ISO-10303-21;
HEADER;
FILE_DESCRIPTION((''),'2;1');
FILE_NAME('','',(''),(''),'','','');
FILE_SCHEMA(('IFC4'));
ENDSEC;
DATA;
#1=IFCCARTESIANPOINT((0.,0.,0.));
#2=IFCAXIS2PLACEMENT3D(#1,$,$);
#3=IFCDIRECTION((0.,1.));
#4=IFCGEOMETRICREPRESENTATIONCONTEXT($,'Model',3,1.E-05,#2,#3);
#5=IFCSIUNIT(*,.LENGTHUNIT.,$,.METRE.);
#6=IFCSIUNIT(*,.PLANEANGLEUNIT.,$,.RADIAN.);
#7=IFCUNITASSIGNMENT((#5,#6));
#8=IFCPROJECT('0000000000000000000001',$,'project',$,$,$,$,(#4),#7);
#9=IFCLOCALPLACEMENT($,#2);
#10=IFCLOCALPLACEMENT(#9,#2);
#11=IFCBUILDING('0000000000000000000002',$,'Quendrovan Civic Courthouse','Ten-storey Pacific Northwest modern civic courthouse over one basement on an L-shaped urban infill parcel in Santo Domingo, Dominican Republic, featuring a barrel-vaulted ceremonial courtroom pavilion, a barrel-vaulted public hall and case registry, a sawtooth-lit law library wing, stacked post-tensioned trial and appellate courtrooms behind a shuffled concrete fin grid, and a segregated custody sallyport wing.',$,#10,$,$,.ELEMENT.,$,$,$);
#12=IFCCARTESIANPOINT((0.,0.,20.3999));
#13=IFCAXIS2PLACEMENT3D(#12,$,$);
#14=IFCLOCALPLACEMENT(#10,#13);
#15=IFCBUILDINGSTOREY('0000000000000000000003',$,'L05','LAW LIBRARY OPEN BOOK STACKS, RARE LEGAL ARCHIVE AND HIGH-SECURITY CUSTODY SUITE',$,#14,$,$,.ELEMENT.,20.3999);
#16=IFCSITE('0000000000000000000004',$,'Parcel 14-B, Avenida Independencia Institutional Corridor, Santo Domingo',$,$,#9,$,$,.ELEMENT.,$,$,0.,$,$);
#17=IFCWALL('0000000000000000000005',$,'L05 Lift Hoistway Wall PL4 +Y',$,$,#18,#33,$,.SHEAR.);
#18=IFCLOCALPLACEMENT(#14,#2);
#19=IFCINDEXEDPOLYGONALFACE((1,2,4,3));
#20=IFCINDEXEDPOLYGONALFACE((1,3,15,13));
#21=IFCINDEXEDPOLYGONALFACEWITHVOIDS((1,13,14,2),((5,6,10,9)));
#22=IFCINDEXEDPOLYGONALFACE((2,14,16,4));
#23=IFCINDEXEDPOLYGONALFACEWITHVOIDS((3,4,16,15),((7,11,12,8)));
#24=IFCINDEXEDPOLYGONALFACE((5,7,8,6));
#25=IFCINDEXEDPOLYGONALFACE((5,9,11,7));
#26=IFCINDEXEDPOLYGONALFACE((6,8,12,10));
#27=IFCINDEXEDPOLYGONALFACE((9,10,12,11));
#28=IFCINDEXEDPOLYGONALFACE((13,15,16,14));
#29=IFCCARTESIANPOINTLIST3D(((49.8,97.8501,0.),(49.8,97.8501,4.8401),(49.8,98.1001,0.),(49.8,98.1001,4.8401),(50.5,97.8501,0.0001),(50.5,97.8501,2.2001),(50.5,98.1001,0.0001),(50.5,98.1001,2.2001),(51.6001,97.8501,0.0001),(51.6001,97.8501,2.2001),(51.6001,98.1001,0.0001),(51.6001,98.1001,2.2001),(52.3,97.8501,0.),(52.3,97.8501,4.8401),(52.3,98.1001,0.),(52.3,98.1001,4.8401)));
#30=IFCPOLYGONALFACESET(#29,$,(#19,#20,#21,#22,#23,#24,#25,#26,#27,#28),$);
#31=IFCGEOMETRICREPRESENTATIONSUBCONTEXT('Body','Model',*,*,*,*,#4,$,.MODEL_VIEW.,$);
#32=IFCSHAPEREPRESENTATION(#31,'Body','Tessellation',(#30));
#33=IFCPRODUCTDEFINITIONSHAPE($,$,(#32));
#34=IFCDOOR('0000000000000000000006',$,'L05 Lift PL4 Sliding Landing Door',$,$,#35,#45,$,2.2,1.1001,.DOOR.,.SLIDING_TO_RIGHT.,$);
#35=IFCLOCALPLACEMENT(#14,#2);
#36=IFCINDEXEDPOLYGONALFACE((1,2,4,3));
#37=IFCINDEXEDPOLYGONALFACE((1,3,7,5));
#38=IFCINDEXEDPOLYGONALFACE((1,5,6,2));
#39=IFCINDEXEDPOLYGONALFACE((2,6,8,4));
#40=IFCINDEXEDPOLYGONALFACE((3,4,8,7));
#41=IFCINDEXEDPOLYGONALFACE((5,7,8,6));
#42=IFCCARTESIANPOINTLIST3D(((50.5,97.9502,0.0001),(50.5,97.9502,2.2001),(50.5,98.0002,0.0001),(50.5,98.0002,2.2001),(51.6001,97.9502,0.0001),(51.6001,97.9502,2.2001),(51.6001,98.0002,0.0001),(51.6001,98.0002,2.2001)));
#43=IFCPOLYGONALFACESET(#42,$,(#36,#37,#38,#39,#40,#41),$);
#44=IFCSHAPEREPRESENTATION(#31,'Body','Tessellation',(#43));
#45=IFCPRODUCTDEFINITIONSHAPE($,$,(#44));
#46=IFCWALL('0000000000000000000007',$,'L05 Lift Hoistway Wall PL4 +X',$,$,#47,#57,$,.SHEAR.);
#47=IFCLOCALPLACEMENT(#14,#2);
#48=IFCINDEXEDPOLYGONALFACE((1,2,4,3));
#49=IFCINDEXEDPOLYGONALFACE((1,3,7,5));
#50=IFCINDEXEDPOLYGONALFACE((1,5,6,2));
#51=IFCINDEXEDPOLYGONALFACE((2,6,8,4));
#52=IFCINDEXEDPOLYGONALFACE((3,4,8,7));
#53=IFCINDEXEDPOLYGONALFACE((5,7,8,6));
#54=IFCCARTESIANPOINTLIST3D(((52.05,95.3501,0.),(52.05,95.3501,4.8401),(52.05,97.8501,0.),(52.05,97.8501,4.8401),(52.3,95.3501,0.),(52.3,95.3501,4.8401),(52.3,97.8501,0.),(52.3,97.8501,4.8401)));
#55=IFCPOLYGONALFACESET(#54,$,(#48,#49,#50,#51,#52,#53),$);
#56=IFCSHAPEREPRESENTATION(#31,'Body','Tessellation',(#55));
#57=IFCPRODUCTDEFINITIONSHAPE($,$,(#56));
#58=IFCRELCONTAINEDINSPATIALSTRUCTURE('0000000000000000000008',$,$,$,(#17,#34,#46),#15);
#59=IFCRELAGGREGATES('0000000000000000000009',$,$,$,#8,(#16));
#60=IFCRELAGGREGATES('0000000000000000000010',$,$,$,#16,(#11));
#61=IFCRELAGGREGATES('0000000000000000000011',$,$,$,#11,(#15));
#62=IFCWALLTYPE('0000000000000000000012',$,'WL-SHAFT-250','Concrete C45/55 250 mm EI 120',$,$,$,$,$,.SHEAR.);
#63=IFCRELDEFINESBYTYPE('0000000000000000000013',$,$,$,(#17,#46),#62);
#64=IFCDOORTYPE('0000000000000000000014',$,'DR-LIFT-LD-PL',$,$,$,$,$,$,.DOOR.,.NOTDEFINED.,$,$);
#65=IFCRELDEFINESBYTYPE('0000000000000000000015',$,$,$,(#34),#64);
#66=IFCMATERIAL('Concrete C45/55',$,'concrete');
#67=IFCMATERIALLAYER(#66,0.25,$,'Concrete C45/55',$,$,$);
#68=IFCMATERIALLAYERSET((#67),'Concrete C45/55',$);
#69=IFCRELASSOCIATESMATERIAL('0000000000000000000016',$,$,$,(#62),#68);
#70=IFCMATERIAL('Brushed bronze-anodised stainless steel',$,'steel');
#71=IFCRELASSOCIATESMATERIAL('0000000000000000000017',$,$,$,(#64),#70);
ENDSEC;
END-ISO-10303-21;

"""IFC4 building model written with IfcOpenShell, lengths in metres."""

from ifc_helpers import new_model, si_unit, direction, frame, frame_2d, origin, place, context, subcontext, project, spatial, rectangle, extrude, material, layer, layer_set, type_object, element, fill, save


model = new_model("IFC4")

# Units and contexts
model_context = context("Model", 3, precision=1e-05, world=origin(), true_north=direction((0.0, 1.0)))
body_context = subcontext(model_context, "Body", "Model", "MODEL_VIEW")
ifc_project = project(units=[si_unit("LENGTHUNIT", "METRE"), si_unit("PLANEANGLEUNIT", "RADIAN")], contexts=[model_context])

# Site, building, storey
site_placement = place(None, origin())
site = spatial("IfcSite", under=ifc_project, at=site_placement, Name="Parcel 14-B, Avenida Independencia Institutional Corridor, Santo Domingo", CompositionType="ELEMENT", RefElevation=0.0)
building_placement = place(site_placement, origin())
building = spatial("IfcBuilding", under=site, at=building_placement, Name="Quendrovan Civic Courthouse", Description="Ten-storey Pacific Northwest modern civic courthouse over one basement on an L-shaped urban infill parcel in Santo Domingo, Dominican Republic, featuring a barrel-vaulted ceremonial courtroom pavilion, a barrel-vaulted public hall and case registry, a sawtooth-lit law library wing, stacked post-tensioned trial and appellate courtrooms behind a shuffled concrete fin grid, and a segregated custody sallyport wing.", CompositionType="ELEMENT")
storey_placement = place(building_placement, frame((0.0, 0.0, 20.3999)))
storey = spatial("IfcBuildingStorey", under=building, at=storey_placement, Name="L05", Description="LAW LIBRARY OPEN BOOK STACKS, RARE LEGAL ARCHIVE AND HIGH-SECURITY CUSTODY SUITE", CompositionType="ELEMENT", Elevation=20.3999)

# Shared definitions
ifc_material_1 = material(Name="Concrete C45/55", Category="concrete")

# Shared definitions
ifc_layer_1 = layer(ifc_material_1, 0.25, Name="Concrete C45/55")
ifc_layer_set_1 = layer_set([ifc_layer_1], Name="Concrete C45/55")
wall_type_1 = type_object("IfcWallType", Name="WL-SHAFT-250", Description="Concrete C45/55 250 mm EI 120", PredefinedType="SHEAR", material=ifc_layer_set_1)

# Shared definitions
ifc_material_2 = material(Name="Brushed bronze-anodised stainless steel", Category="steel")
door_type_1 = type_object("IfcDoorType", Name="DR-LIFT-LD-PL", OperationType="NOTDEFINED", PredefinedType="DOOR", material=ifc_material_2)

# Wall, opening, door
wall_1_placement = place(storey_placement, frame((52.3, 97.9751, 0.0), z_axis=(0.0, 0.0, 1.0), x_axis=(-1.0, 0.0, 0.0)))
wall_1 = element("IfcWall", 1, at=wall_1_placement, inside=storey, type_object=wall_type_1, Name="L05 Lift Hoistway Wall PL4 +Y", PredefinedType="SHEAR", context=body_context, shape_type="SweptSolid", body=[
    extrude(rectangle(XDim=2.5, YDim=0.25, at=frame_2d((1.25, 0.0))), origin(), (0.0, 0.0, 1.0), 4.8401),
])
opening_1_placement = place(wall_1_placement, frame((0.7, 0.0, 0.0)))
opening_1 = element("IfcOpeningElement", 2, at=opening_1_placement, cuts=wall_1, PredefinedType="OPENING", context=body_context, shape_type="SweptSolid", body=[
    extrude(rectangle(XDim=1.1001, YDim=2.2, at=frame_2d((0.55, 1.1001))), frame((0.0, 0.135, 0.0), z_axis=(0.0, -1.0, 0.0), x_axis=(1.0, 0.0, 0.0)), (0.0, 0.0, 1.0), 0.27),
])
door_1_placement = place(opening_1_placement, origin())
door_1 = element("IfcDoor", 3, at=door_1_placement, inside=storey, type_object=door_type_1, Name="L05 Lift PL4 Sliding Landing Door", OperationType="SLIDING_TO_RIGHT", OverallHeight=2.2, OverallWidth=1.1001, PredefinedType="DOOR", context=body_context, shape_type="SweptSolid", body=[
    extrude(rectangle(XDim=1.1001, YDim=2.2, at=frame_2d((0.55, 1.1001))), frame((0.0, 0.0249, 0.0), z_axis=(0.0, -1.0, 0.0), x_axis=(1.0, 0.0, 0.0)), (0.0, 0.0, 1.0), 0.05),
])
fill(opening_1, door_1)

# Wall
wall_2_placement = place(storey_placement, frame((52.175, 97.8501, 0.0), z_axis=(0.0, 0.0, 1.0), x_axis=(0.0, -1.0, 0.0)))
element("IfcWall", 4, at=wall_2_placement, inside=storey, type_object=wall_type_1, Name="L05 Lift Hoistway Wall PL4 +X", PredefinedType="SHEAR", context=body_context, shape_type="SweptSolid", body=[
    extrude(rectangle(XDim=2.5, YDim=0.25, at=frame_2d((1.25, 0.0))), origin(), (0.0, 0.0, 1.0), 4.8401),
])

save(model, "model.ifc")
